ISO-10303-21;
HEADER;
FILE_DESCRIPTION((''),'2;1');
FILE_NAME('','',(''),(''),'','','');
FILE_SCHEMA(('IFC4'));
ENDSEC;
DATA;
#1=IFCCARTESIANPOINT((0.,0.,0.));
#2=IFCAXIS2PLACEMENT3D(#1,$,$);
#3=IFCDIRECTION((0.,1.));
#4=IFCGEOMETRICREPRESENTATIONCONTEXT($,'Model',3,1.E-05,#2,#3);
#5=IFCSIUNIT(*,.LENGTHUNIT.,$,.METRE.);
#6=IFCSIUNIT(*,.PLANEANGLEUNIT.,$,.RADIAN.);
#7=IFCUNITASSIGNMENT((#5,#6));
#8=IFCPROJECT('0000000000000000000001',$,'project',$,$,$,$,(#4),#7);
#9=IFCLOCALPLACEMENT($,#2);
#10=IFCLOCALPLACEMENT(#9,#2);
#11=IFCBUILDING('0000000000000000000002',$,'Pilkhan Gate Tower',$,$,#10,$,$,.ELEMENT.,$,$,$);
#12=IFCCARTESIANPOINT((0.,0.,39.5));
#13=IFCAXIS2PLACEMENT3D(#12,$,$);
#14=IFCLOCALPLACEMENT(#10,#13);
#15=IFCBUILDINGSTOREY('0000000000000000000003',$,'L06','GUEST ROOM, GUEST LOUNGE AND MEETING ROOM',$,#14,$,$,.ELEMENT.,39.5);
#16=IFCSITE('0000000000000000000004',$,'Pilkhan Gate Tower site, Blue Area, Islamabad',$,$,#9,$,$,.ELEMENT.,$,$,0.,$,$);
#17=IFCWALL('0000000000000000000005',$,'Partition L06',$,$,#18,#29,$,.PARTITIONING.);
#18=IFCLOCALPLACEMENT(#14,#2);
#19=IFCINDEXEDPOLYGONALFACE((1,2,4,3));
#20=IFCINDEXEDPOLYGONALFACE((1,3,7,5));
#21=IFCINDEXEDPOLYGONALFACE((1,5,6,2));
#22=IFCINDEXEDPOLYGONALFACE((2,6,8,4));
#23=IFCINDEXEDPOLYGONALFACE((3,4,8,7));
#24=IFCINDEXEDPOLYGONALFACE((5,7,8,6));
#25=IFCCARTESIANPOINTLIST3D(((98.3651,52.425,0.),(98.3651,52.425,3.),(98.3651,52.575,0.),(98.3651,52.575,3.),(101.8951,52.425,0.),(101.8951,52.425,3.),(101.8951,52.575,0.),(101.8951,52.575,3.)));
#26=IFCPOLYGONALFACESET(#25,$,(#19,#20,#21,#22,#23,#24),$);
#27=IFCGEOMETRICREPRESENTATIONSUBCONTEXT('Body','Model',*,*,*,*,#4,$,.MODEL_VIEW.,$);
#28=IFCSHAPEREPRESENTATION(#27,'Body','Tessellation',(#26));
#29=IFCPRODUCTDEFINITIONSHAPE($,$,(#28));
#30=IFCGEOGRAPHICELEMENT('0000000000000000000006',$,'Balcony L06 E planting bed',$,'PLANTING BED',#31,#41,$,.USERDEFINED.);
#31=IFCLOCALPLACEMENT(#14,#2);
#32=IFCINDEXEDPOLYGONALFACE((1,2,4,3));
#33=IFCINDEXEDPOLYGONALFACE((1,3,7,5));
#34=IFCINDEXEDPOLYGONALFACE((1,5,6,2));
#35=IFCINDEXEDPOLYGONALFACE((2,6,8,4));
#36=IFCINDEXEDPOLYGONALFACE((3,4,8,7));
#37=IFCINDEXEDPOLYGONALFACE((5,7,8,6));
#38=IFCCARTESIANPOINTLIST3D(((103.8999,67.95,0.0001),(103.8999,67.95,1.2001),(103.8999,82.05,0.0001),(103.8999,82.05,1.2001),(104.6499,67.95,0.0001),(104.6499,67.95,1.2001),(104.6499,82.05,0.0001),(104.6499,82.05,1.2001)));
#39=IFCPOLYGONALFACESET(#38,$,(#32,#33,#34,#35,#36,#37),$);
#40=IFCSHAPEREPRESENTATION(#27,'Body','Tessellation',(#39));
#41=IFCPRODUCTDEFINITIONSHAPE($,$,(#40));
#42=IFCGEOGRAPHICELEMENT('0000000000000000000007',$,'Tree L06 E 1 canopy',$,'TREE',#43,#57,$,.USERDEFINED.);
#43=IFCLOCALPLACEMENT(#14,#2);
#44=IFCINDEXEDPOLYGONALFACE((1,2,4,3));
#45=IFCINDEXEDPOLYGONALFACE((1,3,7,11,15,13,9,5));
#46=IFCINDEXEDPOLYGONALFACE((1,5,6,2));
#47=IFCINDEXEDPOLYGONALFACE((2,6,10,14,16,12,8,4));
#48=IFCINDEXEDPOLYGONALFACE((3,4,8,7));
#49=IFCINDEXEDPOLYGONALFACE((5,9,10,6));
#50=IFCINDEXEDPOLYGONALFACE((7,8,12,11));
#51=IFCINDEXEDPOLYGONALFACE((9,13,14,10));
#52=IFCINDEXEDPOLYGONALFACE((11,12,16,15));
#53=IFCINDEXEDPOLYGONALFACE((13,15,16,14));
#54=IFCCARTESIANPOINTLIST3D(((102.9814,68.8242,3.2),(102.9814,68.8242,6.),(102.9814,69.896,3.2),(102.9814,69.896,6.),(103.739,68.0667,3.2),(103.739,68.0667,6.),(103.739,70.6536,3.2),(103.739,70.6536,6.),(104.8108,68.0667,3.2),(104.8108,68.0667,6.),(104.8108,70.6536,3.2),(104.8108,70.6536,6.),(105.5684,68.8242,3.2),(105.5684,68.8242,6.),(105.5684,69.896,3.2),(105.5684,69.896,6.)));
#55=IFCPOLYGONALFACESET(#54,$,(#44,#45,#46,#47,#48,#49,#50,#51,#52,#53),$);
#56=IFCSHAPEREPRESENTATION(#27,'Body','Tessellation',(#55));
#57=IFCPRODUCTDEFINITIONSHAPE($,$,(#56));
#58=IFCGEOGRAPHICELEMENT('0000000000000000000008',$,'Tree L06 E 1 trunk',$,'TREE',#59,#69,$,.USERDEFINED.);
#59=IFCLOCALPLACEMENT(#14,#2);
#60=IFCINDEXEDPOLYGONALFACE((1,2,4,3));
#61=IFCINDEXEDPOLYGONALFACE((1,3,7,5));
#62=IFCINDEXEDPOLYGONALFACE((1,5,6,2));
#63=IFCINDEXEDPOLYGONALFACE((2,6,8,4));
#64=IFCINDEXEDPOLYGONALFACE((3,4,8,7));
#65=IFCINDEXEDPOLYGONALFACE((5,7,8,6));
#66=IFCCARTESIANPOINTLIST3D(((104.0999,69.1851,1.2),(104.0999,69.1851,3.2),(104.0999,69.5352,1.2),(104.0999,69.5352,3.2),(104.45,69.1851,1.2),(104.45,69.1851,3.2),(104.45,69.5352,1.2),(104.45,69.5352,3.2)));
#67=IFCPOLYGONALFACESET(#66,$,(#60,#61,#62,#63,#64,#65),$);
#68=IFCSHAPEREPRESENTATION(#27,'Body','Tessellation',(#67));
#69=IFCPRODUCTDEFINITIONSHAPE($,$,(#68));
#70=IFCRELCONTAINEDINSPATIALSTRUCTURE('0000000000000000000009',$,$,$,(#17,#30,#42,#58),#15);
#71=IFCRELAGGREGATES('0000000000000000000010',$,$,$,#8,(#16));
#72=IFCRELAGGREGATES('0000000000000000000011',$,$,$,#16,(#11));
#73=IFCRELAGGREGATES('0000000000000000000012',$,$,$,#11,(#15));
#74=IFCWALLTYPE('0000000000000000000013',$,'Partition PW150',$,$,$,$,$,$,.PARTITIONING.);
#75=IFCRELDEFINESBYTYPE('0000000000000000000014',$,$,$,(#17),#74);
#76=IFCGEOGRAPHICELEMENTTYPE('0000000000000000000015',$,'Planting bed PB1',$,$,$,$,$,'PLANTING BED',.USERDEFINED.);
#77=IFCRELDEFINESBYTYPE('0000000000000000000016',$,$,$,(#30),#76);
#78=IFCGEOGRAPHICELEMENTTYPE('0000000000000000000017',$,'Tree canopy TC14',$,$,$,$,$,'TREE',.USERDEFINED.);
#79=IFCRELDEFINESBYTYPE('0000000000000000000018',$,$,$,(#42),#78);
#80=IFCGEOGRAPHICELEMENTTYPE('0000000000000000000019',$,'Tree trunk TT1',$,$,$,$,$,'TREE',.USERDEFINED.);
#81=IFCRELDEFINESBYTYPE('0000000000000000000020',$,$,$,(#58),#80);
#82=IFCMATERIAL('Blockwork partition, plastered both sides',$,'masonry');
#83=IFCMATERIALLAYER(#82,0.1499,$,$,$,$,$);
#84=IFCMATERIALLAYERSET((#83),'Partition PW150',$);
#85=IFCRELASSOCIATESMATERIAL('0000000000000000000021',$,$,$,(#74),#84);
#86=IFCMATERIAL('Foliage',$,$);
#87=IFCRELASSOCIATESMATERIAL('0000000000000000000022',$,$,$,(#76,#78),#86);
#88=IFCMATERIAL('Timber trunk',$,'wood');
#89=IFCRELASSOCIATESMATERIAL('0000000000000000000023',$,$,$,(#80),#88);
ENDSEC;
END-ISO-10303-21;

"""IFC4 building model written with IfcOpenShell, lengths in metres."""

from ifc_helpers import new_model, si_unit, direction, frame, frame_2d, origin, origin_2d, place, context, subcontext, project, spatial, polyline, rectangle, outline, extrude, material, layer, layer_set, material_profile, profile_set, type_object, element, save


model = new_model("IFC4")

# Units and contexts
model_context = context("Model", 3, precision=1e-05, world=origin(), true_north=direction((0.0, 1.0)))
body_context = subcontext(model_context, "Body", "Model", "MODEL_VIEW")
ifc_project = project(units=[si_unit("LENGTHUNIT", "METRE"), si_unit("PLANEANGLEUNIT", "RADIAN")], contexts=[model_context])

# Site, building, storey
site_placement = place(None, origin())
site = spatial("IfcSite", under=ifc_project, at=site_placement, Name="Pilkhan Gate Tower site, Blue Area, Islamabad", CompositionType="ELEMENT", RefElevation=0.0)
building_placement = place(site_placement, origin())
building = spatial("IfcBuilding", under=site, at=building_placement, Name="Pilkhan Gate Tower", CompositionType="ELEMENT")
storey_placement = place(building_placement, frame((0.0, 0.0, 39.5)))
storey = spatial("IfcBuildingStorey", under=building, at=storey_placement, Name="L06", Description="GUEST ROOM, GUEST LOUNGE AND MEETING ROOM", CompositionType="ELEMENT", Elevation=39.5)

# Wall
ifc_material_1 = material(Name="Blockwork partition, plastered both sides", Category="masonry")
ifc_layer_1 = layer(ifc_material_1, 0.1499)
ifc_layer_set_1 = layer_set([ifc_layer_1], Name="Partition PW150")
wall_type_1 = type_object("IfcWallType", Name="Partition PW150", PredefinedType="PARTITIONING", material=ifc_layer_set_1)
wall_1_placement = place(storey_placement, frame((98.365, 52.5, 0.0), z_axis=(0.0, 0.0, 1.0), x_axis=(1.0, 0.0, 0.0)))
element("IfcWall", 1, at=wall_1_placement, inside=storey, type_object=wall_type_1, Name="Partition L06", PredefinedType="PARTITIONING", context=body_context, shape_type="SweptSolid", body=[
    extrude(rectangle(XDim=3.53, YDim=0.1499, at=frame_2d((1.7651, 0.0))), origin(), (0.0, 0.0, 1.0), 3.0),
])

# Geographic elements
ifc_material_2 = material(Name="Foliage")
ifc_material_profile_1 = material_profile(ifc_material_2, rectangle(XDim=0.75, YDim=1.2, at=origin_2d()), Name="Bed 750x1200")
ifc_profile_set_1 = profile_set([ifc_material_profile_1], Name="Foliage")
geographic_element_type_1 = type_object("IfcGeographicElementType", Name="Planting bed PB1", ElementType="PLANTING BED", PredefinedType="USERDEFINED", material=ifc_profile_set_1)
geographic_element_1_placement = place(storey_placement, frame((104.2749, 67.95, 0.6001), z_axis=(0.0, 1.0, 0.0), x_axis=(-1.0, 0.0, 0.0)))
element("IfcGeographicElement", 2, at=geographic_element_1_placement, inside=storey, type_object=geographic_element_type_1, Name="Balcony L06 E planting bed", ObjectType="PLANTING BED", PredefinedType="USERDEFINED", context=body_context, shape_type="SweptSolid", body=[
    extrude(rectangle(XDim=0.75, YDim=1.2, at=origin_2d()), origin(), (0.0, 0.0, 1.0), 14.1001),
])
ifc_material_profile_2 = material_profile(ifc_material_2, outline(polyline([(1.2935, 0.5359), (0.5359, 1.2935), (-0.5359, 1.2935), (-1.2935, 0.5359), (-1.2935, -0.5359), (-0.5359, -1.2935), (0.5359, -1.2935), (1.2935, -0.5359), (1.2935, 0.5359)])), Name="Canopy D2.8")
ifc_profile_set_2 = profile_set([ifc_material_profile_2], Name="Foliage")
geographic_element_type_2 = type_object("IfcGeographicElementType", Name="Tree canopy TC14", ElementType="TREE", PredefinedType="USERDEFINED", material=ifc_profile_set_2)
geographic_element_2_placement = place(storey_placement, frame((104.2749, 69.3601, 3.2), z_axis=(0.0, 0.0, 1.0), x_axis=(1.0, 0.0, 0.0)))
element("IfcGeographicElement", 3, at=geographic_element_2_placement, inside=storey, type_object=geographic_element_type_2, Name="Tree L06 E 1 canopy", ObjectType="TREE", PredefinedType="USERDEFINED", context=body_context, shape_type="SweptSolid", body=[
    extrude(outline(polyline([(1.2935, 0.5359), (0.5359, 1.2935), (-0.5359, 1.2935), (-1.2935, 0.5359), (-1.2935, -0.5359), (-0.5359, -1.2935), (0.5359, -1.2935), (1.2935, -0.5359), (1.2935, 0.5359)])), origin(), (0.0, 0.0, 1.0), 2.8),
])
ifc_material_3 = material(Name="Timber trunk", Category="wood")
geographic_element_type_3 = type_object("IfcGeographicElementType", Name="Tree trunk TT1", ElementType="TREE", PredefinedType="USERDEFINED", material=ifc_material_3)
geographic_element_3_placement = place(storey_placement, frame((104.2749, 69.3601, 1.2), z_axis=(0.0, 0.0, 1.0), x_axis=(1.0, 0.0, 0.0)))
element("IfcGeographicElement", 4, at=geographic_element_3_placement, inside=storey, type_object=geographic_element_type_3, Name="Tree L06 E 1 trunk", ObjectType="TREE", PredefinedType="USERDEFINED", context=body_context, shape_type="SweptSolid", body=[
    extrude(rectangle(XDim=0.3501, YDim=0.3501, at=origin_2d()), origin(), (0.0, 0.0, 1.0), 2.0),
])

save(model, "model.ifc")
